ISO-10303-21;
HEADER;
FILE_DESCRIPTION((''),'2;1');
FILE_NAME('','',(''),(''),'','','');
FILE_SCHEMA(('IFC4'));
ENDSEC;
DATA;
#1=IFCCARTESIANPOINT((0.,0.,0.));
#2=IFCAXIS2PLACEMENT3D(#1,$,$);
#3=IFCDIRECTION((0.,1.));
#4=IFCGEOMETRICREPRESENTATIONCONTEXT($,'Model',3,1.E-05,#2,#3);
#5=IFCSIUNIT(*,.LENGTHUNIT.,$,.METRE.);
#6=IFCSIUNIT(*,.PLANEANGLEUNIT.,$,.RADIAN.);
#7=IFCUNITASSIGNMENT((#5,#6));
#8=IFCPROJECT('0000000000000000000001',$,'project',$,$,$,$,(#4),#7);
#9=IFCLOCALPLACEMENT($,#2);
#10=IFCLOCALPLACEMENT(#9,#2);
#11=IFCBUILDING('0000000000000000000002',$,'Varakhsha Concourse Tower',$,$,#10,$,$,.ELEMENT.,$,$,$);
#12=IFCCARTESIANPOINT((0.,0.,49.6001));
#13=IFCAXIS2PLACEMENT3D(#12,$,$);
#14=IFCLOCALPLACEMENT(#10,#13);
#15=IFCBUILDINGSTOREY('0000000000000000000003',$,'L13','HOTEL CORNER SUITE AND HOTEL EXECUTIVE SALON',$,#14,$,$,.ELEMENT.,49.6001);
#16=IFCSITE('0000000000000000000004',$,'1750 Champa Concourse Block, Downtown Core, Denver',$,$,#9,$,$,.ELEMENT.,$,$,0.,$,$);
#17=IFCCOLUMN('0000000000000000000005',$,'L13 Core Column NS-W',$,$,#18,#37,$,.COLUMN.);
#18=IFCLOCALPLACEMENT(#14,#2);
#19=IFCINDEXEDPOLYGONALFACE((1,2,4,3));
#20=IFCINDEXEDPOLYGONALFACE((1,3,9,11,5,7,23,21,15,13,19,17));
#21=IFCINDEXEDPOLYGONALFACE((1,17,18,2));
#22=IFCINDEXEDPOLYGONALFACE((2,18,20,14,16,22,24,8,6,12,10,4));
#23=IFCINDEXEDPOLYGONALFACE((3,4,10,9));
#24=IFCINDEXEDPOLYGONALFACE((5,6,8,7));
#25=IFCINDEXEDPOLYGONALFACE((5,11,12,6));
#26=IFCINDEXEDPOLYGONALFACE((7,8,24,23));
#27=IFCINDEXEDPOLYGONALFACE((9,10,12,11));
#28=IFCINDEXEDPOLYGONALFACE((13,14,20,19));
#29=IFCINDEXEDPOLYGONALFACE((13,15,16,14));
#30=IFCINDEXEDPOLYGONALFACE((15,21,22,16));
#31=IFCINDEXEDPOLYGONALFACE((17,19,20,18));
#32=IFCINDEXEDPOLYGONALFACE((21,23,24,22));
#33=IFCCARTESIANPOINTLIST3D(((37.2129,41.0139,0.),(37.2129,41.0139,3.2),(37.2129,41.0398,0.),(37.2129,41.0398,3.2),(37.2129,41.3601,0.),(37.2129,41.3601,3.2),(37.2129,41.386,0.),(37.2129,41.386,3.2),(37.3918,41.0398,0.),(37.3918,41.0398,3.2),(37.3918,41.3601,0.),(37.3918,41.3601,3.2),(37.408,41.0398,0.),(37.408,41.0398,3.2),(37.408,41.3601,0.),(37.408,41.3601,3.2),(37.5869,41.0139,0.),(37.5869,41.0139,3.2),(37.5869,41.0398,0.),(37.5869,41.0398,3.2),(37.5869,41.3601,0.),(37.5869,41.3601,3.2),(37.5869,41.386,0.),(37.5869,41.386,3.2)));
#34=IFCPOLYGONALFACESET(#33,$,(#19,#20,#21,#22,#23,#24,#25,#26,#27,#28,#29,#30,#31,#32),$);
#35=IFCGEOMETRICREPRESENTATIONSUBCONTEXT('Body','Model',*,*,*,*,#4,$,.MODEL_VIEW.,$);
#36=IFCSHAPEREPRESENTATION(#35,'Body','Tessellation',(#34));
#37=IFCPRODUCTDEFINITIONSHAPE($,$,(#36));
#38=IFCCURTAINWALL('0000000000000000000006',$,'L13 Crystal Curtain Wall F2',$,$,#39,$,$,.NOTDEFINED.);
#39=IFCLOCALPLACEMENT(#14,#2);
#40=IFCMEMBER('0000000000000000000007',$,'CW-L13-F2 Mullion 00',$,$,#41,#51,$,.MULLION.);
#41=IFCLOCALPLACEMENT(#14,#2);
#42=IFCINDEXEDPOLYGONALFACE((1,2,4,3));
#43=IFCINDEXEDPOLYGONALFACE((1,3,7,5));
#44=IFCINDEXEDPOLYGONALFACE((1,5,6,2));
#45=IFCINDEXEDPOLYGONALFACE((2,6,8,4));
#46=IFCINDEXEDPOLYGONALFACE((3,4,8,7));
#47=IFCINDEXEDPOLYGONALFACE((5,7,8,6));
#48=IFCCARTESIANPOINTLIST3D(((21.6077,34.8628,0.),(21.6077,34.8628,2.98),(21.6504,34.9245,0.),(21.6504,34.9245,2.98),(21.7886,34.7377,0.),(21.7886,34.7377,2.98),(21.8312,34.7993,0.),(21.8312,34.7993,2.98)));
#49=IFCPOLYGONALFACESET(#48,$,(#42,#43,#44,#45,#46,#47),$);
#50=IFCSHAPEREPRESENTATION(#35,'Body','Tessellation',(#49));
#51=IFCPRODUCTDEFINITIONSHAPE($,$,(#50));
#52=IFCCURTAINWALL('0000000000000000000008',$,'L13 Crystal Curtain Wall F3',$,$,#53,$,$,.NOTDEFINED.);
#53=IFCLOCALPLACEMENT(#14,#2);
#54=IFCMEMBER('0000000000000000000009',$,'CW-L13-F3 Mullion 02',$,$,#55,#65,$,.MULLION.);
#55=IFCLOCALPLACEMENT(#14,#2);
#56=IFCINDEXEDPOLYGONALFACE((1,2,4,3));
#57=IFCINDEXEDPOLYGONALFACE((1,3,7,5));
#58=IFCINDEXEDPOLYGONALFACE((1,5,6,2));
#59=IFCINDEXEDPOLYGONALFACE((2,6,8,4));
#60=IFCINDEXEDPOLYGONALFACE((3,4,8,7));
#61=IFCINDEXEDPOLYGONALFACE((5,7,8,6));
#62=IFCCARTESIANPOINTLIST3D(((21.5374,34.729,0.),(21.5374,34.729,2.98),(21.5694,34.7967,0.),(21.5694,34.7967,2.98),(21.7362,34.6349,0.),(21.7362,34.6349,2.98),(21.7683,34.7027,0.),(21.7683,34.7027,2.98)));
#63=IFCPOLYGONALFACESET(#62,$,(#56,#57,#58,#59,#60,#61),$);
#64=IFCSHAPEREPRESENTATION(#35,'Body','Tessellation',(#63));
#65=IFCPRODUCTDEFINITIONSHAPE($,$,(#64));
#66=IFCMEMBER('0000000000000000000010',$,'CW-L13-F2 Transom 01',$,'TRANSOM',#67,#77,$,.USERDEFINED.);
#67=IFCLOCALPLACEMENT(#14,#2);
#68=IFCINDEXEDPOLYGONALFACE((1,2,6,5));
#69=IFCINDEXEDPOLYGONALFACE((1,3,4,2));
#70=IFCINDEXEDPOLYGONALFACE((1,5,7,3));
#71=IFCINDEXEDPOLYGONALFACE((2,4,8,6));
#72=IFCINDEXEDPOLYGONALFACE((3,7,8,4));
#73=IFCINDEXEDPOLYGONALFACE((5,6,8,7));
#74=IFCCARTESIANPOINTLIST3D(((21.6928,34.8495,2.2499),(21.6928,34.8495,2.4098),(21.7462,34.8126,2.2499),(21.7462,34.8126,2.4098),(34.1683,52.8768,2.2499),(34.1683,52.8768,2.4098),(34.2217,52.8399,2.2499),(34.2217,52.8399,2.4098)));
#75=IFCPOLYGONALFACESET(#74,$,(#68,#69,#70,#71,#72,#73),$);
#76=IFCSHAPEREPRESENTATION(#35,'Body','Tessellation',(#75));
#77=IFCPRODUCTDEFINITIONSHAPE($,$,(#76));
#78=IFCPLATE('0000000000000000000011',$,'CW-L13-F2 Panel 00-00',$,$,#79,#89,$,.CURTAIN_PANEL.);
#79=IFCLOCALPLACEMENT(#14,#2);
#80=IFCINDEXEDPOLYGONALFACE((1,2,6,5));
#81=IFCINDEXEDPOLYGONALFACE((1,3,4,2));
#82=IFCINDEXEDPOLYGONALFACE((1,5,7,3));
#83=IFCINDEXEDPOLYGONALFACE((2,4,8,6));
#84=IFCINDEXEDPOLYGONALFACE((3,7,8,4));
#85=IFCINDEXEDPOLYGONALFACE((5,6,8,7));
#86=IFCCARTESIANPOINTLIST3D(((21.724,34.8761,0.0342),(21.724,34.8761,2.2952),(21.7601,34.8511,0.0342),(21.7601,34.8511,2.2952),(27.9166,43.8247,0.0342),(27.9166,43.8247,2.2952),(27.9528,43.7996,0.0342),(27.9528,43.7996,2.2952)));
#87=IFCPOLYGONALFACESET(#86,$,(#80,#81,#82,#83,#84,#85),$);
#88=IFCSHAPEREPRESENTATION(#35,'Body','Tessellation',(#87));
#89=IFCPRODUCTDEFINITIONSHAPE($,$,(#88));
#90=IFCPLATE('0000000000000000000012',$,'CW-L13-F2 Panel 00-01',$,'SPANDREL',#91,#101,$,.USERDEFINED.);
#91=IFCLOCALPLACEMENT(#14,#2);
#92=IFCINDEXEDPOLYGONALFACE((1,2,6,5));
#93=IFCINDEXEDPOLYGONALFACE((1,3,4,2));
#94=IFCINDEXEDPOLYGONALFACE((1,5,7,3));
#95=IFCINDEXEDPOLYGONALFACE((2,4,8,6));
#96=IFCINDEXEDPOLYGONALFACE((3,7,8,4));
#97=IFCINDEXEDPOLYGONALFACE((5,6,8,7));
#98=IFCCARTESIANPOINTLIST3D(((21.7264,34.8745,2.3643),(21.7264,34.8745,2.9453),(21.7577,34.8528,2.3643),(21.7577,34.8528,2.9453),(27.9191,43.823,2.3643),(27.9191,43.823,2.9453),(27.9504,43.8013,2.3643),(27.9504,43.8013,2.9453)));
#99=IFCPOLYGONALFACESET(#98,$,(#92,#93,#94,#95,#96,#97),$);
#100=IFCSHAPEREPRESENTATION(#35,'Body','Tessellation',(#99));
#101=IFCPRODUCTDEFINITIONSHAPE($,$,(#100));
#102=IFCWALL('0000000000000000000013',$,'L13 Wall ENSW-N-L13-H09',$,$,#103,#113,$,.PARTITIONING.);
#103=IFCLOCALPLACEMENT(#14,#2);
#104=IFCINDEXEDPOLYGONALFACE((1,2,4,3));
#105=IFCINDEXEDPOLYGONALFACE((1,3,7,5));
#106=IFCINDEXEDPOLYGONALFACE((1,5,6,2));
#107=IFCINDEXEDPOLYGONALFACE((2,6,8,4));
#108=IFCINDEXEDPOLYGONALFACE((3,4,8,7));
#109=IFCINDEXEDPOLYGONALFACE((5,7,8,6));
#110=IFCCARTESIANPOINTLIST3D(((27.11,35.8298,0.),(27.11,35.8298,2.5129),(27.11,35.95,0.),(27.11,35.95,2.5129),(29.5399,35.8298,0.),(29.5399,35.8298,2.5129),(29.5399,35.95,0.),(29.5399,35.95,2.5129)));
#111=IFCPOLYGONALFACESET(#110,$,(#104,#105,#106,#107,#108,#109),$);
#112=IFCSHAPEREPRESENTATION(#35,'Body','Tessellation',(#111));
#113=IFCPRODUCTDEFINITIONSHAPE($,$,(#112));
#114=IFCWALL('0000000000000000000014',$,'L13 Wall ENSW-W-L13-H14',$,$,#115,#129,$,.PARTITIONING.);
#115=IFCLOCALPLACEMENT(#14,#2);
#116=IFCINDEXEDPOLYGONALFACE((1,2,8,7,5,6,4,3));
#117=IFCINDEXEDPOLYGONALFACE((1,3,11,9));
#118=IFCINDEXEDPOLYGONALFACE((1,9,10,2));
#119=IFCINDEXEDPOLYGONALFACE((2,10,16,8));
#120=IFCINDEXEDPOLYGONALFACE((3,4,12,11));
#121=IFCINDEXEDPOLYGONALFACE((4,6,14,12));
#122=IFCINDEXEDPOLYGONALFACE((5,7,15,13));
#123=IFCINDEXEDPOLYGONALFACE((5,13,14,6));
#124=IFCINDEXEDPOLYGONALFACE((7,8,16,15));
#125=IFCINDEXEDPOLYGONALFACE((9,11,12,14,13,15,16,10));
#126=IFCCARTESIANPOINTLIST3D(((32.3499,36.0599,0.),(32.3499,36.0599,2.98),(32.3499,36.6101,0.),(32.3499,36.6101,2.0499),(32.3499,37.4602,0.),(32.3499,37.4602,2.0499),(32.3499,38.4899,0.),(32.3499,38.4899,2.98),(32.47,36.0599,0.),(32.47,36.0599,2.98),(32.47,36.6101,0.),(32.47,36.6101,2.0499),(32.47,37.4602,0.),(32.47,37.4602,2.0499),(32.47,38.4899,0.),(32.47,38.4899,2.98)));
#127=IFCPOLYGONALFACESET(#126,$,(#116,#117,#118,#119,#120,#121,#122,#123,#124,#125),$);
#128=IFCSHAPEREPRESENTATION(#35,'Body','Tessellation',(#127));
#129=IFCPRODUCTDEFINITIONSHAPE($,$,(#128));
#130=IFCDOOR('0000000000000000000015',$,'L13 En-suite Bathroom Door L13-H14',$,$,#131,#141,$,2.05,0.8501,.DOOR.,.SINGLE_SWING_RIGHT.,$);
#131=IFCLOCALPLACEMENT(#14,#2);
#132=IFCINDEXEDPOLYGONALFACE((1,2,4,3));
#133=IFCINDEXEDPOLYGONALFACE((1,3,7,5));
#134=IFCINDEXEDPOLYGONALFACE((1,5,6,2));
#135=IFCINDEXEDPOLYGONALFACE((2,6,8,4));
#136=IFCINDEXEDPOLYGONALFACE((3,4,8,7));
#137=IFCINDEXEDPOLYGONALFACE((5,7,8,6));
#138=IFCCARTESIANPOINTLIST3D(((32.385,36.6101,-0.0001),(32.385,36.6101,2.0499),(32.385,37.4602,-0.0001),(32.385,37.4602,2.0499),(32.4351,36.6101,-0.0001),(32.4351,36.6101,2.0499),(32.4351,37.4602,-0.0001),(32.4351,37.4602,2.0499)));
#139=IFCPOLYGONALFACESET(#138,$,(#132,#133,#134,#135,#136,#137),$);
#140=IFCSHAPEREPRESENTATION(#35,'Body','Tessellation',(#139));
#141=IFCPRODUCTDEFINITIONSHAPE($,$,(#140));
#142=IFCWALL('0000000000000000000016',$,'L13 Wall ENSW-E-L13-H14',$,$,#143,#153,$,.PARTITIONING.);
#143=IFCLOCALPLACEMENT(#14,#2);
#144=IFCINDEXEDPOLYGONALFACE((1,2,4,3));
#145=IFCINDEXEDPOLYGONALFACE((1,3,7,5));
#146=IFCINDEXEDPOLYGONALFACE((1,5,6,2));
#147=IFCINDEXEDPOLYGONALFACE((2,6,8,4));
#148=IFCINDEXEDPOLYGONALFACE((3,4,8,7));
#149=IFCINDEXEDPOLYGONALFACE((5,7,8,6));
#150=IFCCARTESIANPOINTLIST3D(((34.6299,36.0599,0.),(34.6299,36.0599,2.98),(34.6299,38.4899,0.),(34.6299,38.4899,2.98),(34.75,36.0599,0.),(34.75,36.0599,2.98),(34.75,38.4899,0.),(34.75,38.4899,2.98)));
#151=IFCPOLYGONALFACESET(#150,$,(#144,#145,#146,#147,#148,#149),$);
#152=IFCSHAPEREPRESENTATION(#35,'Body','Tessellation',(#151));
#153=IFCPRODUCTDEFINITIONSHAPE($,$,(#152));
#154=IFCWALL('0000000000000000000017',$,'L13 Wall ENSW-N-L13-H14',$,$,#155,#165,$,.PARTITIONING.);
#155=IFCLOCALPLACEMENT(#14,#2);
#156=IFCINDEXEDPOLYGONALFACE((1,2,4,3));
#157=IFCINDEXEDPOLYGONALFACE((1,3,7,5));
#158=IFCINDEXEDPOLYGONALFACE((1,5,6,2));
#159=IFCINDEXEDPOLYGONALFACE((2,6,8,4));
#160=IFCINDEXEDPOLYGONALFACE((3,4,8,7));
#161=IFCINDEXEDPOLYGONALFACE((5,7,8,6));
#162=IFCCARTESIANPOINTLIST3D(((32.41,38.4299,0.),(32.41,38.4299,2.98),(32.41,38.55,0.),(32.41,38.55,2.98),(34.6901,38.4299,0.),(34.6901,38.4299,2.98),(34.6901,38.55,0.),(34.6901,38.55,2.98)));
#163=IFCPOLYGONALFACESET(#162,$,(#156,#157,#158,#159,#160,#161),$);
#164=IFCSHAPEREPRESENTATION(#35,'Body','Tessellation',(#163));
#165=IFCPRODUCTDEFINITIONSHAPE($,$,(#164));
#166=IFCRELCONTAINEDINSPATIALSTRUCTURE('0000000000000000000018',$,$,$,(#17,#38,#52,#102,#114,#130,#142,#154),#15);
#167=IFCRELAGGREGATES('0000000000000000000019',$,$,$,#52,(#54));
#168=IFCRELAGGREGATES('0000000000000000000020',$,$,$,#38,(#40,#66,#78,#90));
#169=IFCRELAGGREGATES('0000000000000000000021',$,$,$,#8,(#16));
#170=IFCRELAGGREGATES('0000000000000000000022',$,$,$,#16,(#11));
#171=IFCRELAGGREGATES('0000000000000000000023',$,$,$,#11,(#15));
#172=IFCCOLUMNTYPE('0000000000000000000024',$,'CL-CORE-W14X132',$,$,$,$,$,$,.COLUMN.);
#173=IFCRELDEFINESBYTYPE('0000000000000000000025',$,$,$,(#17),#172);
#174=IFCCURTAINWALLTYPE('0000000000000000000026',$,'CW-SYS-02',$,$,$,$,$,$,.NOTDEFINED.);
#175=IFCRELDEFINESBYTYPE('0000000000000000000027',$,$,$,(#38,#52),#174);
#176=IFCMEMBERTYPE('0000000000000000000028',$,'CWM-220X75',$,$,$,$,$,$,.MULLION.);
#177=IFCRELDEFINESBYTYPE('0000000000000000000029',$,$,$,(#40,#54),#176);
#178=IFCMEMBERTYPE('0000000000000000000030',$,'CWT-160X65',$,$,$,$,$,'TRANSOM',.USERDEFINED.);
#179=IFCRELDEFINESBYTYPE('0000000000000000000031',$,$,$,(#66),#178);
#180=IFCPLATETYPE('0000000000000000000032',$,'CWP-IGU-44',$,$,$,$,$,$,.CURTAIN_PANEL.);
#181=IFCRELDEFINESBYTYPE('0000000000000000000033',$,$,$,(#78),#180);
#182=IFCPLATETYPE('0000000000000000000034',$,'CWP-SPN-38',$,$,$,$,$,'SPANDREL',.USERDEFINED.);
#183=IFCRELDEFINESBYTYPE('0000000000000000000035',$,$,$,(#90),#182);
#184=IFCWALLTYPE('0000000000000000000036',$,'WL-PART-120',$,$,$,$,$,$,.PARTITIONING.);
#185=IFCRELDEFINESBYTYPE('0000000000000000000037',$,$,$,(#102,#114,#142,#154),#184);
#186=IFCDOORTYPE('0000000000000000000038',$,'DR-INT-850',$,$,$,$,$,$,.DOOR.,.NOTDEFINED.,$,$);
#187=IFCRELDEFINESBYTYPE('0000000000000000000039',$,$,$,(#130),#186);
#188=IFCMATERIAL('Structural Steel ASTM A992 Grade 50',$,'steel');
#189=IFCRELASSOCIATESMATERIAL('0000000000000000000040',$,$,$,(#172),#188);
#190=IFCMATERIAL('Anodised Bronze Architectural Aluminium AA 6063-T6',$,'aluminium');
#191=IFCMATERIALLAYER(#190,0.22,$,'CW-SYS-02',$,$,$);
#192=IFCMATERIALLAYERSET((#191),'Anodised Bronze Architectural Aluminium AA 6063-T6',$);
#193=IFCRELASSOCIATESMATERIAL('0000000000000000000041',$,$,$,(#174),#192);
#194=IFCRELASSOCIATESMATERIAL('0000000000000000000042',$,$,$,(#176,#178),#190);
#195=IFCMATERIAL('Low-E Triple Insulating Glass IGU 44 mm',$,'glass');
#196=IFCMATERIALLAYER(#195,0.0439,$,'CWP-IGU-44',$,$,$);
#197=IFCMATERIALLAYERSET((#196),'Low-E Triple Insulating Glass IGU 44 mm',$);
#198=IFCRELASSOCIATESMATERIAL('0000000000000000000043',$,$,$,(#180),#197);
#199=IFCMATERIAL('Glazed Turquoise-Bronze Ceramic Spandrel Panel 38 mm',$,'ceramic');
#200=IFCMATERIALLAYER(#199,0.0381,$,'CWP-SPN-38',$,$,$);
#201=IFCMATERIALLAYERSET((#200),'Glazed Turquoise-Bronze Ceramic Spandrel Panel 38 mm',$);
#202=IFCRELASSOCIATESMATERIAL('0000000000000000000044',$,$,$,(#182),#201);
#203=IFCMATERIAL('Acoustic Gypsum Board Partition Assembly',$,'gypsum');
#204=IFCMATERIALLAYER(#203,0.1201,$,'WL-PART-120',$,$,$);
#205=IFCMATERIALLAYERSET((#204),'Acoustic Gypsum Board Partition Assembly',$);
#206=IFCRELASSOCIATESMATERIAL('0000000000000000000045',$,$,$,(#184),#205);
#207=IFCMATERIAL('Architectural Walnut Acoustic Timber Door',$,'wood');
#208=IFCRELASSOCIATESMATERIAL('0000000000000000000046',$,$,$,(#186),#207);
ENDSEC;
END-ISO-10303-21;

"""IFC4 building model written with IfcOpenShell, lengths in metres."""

from ifc_helpers import new_model, si_unit, direction, frame, frame_2d, origin, origin_2d, place, context, subcontext, project, spatial, rectangle, i_section, extrude, source, transform, mapped, material, layer, layer_set, material_profile, profile_set, type_object, type_shapes, element, fill, aggregate, save


model = new_model("IFC4")

# Units and contexts
model_context = context("Model", 3, precision=1e-05, world=origin(), true_north=direction((0.0, 1.0)))
body_context = subcontext(model_context, "Body", "Model", "MODEL_VIEW")
ifc_project = project(units=[si_unit("LENGTHUNIT", "METRE"), si_unit("PLANEANGLEUNIT", "RADIAN")], contexts=[model_context])

# Site, building, storey
site_placement = place(None, origin())
site = spatial("IfcSite", under=ifc_project, at=site_placement, Name="1750 Champa Concourse Block, Downtown Core, Denver", CompositionType="ELEMENT", RefElevation=0.0)
building_placement = place(site_placement, origin())
building = spatial("IfcBuilding", under=site, at=building_placement, Name="Varakhsha Concourse Tower", CompositionType="ELEMENT")
storey_placement = place(building_placement, frame((0.0, 0.0, 49.6001)))
storey = spatial("IfcBuildingStorey", under=building, at=storey_placement, Name="L13", Description="HOTEL CORNER SUITE AND HOTEL EXECUTIVE SALON", CompositionType="ELEMENT", Elevation=49.6001)

# Column
ifc_material_1 = material(Name="Structural Steel ASTM A992 Grade 50", Category="steel")
ifc_material_profile_1 = material_profile(ifc_material_1, i_section(OverallWidth=0.374, OverallDepth=0.3721, WebThickness=0.0161, FlangeThickness=0.0259, at=origin_2d()), Name="W14X132")
ifc_profile_set_1 = profile_set([ifc_material_profile_1], Name="Structural Steel ASTM A992 Grade 50")
column_type = type_object("IfcColumnType", Name="CL-CORE-W14X132", PredefinedType="COLUMN", material=ifc_profile_set_1)
column_placement = place(storey_placement, frame((37.3999, 41.2, 0.0), z_axis=(0.0, 0.0, 1.0), x_axis=(1.0, 0.0, 0.0)))
element("IfcColumn", 1, at=column_placement, inside=storey, type_object=column_type, Name="L13 Core Column NS-W", PredefinedType="COLUMN", context=body_context, shape_type="SweptSolid", body=[
    extrude(i_section(OverallWidth=0.374, OverallDepth=0.3721, WebThickness=0.0161, FlangeThickness=0.0259, at=origin_2d()), origin(), (0.0, 0.0, 1.0), 3.2),
])

# Curtain walls, members
ifc_material_2 = material(Name="Anodised Bronze Architectural Aluminium AA 6063-T6", Category="aluminium")
ifc_layer_1 = layer(ifc_material_2, 0.22, Name="CW-SYS-02")
ifc_layer_set_1 = layer_set([ifc_layer_1], Name="Anodised Bronze Architectural Aluminium AA 6063-T6")
curtain_wall_type = type_object("IfcCurtainWallType", Name="CW-SYS-02", PredefinedType="NOTDEFINED", material=ifc_layer_set_1)
curtain_wall_1_placement = place(storey_placement, origin())
curtain_wall_1 = element("IfcCurtainWall", 2, at=curtain_wall_1_placement, inside=storey, type_object=curtain_wall_type, Name="L13 Crystal Curtain Wall F2", PredefinedType="NOTDEFINED")
ifc_material_profile_2 = material_profile(ifc_material_2, rectangle(XDim=0.075, YDim=0.22, at=origin_2d()), Name="CWM-220X75")
ifc_profile_set_2 = profile_set([ifc_material_profile_2], Name="Anodised Bronze Architectural Aluminium AA 6063-T6")
member_type_1 = type_object("IfcMemberType", Name="CWM-220X75", PredefinedType="MULLION", material=ifc_profile_set_2)
shared_shape_1 = source(origin(), body_context, "Body", "SweptSolid", [
    extrude(rectangle(XDim=0.075, YDim=0.22, at=origin_2d()), origin(), (0.0, 0.0, 1.0), 2.98),
])
type_shapes(member_type_1, [shared_shape_1])
member_1_placement = place(storey_placement, frame((21.7195, 34.8311, 0.0), z_axis=(0.0, 0.0, 1.0), x_axis=(0.569057, 0.822298, 0.0)))
member_1 = element("IfcMember", 3, at=member_1_placement, type_object=member_type_1, Name="CW-L13-F2 Mullion 00", PredefinedType="MULLION", context=body_context, shape_type="MappedRepresentation", body=[
    mapped(shared_shape_1, transform((0.0, 0.0, 0.0), scale=1.0)),
])
curtain_wall_2_placement = place(storey_placement, origin())
curtain_wall_2 = element("IfcCurtainWall", 4, at=curtain_wall_2_placement, inside=storey, type_object=curtain_wall_type, Name="L13 Crystal Curtain Wall F3", PredefinedType="NOTDEFINED")
member_2_placement = place(storey_placement, frame((21.6528, 34.7158, 0.0), z_axis=(0.0, 0.0, 1.0), x_axis=(0.427604, 0.903966, 0.0)))
member_2 = element("IfcMember", 5, at=member_2_placement, type_object=member_type_1, Name="CW-L13-F3 Mullion 02", PredefinedType="MULLION", context=body_context, shape_type="MappedRepresentation", body=[
    mapped(shared_shape_1, transform((0.0, 0.0, 0.0), scale=1.0)),
])
aggregate(curtain_wall_2, [member_2])

# Member
ifc_material_profile_3 = material_profile(ifc_material_2, rectangle(XDim=0.0649, YDim=0.1599, at=origin_2d()), Name="CWT-160X65")
ifc_profile_set_3 = profile_set([ifc_material_profile_3], Name="Anodised Bronze Architectural Aluminium AA 6063-T6")
member_type_2 = type_object("IfcMemberType", Name="CWT-160X65", ElementType="TRANSOM", PredefinedType="USERDEFINED", material=ifc_profile_set_3)
shared_shape_2 = source(origin(), body_context, "Body", "SweptSolid", [
    extrude(rectangle(XDim=0.0649, YDim=0.1599, at=origin_2d()), origin(), (0.0, 0.0, 1.0), 21.9231),
])
type_shapes(member_type_2, [shared_shape_2])
member_3_placement = place(storey_placement, frame((21.7195, 34.8311, 2.3298), z_axis=(0.569059, 0.822296, 0.0), x_axis=(-0.822296, 0.569059, 0.0)))
member_3 = element("IfcMember", 6, at=member_3_placement, type_object=member_type_2, Name="CW-L13-F2 Transom 01", ObjectType="TRANSOM", PredefinedType="USERDEFINED", context=body_context, shape_type="MappedRepresentation", body=[
    mapped(shared_shape_2, transform((0.0, 0.0, 0.0), scale=1.0)),
])

# Plates
ifc_material_3 = material(Name="Low-E Triple Insulating Glass IGU 44 mm", Category="glass")
ifc_layer_2 = layer(ifc_material_3, 0.0439, Name="CWP-IGU-44")
ifc_layer_set_2 = layer_set([ifc_layer_2], Name="Low-E Triple Insulating Glass IGU 44 mm")
plate_type_1 = type_object("IfcPlateType", Name="CWP-IGU-44", PredefinedType="CURTAIN_PANEL", material=ifc_layer_set_2)
shared_shape_3 = source(origin(), body_context, "Body", "SweptSolid", [
    extrude(rectangle(XDim=10.8823, YDim=0.0439, at=origin_2d()), origin(), (0.0, 0.0, 1.0), 2.261),
])
type_shapes(plate_type_1, [shared_shape_3])
plate_1_placement = place(storey_placement, frame((24.8384, 39.3379, 0.0342), z_axis=(0.0, 0.0, 1.0), x_axis=(0.569057, 0.822298, 0.0)))
plate_1 = element("IfcPlate", 7, at=plate_1_placement, type_object=plate_type_1, Name="CW-L13-F2 Panel 00-00", PredefinedType="CURTAIN_PANEL", context=body_context, shape_type="MappedRepresentation", body=[
    mapped(shared_shape_3, transform((0.0, 0.0, 0.0), scale=1.0)),
])
ifc_material_4 = material(Name="Glazed Turquoise-Bronze Ceramic Spandrel Panel 38 mm", Category="ceramic")
ifc_layer_3 = layer(ifc_material_4, 0.0381, Name="CWP-SPN-38")
ifc_layer_set_3 = layer_set([ifc_layer_3], Name="Glazed Turquoise-Bronze Ceramic Spandrel Panel 38 mm")
plate_type_2 = type_object("IfcPlateType", Name="CWP-SPN-38", ElementType="SPANDREL", PredefinedType="USERDEFINED", material=ifc_layer_set_3)
shared_shape_4 = source(origin(), body_context, "Body", "SweptSolid", [
    extrude(rectangle(XDim=10.8823, YDim=0.0381, at=origin_2d()), origin(), (0.0, 0.0, 1.0), 0.5811),
])
type_shapes(plate_type_2, [shared_shape_4])
plate_2_placement = place(storey_placement, frame((24.8384, 39.3379, 2.3643), z_axis=(0.0, 0.0, 1.0), x_axis=(0.569057, 0.822298, 0.0)))
plate_2 = element("IfcPlate", 8, at=plate_2_placement, type_object=plate_type_2, Name="CW-L13-F2 Panel 00-01", ObjectType="SPANDREL", PredefinedType="USERDEFINED", context=body_context, shape_type="MappedRepresentation", body=[
    mapped(shared_shape_4, transform((0.0, 0.0, 0.0), scale=1.0)),
])
aggregate(curtain_wall_1, [member_1, member_3, plate_1, plate_2])

# Wall
ifc_material_5 = material(Name="Acoustic Gypsum Board Partition Assembly", Category="gypsum")
ifc_layer_4 = layer(ifc_material_5, 0.1201, Name="WL-PART-120")
ifc_layer_set_4 = layer_set([ifc_layer_4], Name="Acoustic Gypsum Board Partition Assembly")
wall_type_1 = type_object("IfcWallType", Name="WL-PART-120", PredefinedType="PARTITIONING", material=ifc_layer_set_4)
wall_1_placement = place(storey_placement, frame((27.1101, 35.8899, 0.0), z_axis=(0.0, 0.0, 1.0), x_axis=(1.0, 0.0, 0.0)))
element("IfcWall", 9, at=wall_1_placement, inside=storey, type_object=wall_type_1, Name="L13 Wall ENSW-N-L13-H09", PredefinedType="PARTITIONING", context=body_context, shape_type="SweptSolid", body=[
    extrude(rectangle(XDim=2.4299, YDim=0.1201, at=frame_2d((1.2148, 0.0))), origin(), (0.0, 0.0, 1.0), 2.5129),
])

# Wall, opening, door
wall_2_placement = place(storey_placement, frame((32.4099, 36.0601, 0.0), z_axis=(0.0, 0.0, 1.0), x_axis=(0.0, 1.0, 0.0)))
wall_2 = element("IfcWall", 10, at=wall_2_placement, inside=storey, type_object=wall_type_1, Name="L13 Wall ENSW-W-L13-H14", PredefinedType="PARTITIONING", context=body_context, shape_type="SweptSolid", body=[
    extrude(rectangle(XDim=2.4299, YDim=0.1201, at=frame_2d((1.2148, 0.0))), origin(), (0.0, 0.0, 1.0), 2.98),
])
opening_1_placement = place(wall_2_placement, frame((0.55, 0.0, 0.0)))
opening_1 = element("IfcOpeningElement", 11, at=opening_1_placement, cuts=wall_2, PredefinedType="OPENING", context=body_context, shape_type="SweptSolid", body=[
    extrude(rectangle(XDim=0.8501, YDim=2.05, at=frame_2d((0.425, 1.0249))), frame((0.0, 0.0701, 0.0), z_axis=(0.0, -1.0, 0.0), x_axis=(1.0, 0.0, 0.0)), (0.0, 0.0, 1.0), 0.1401),
])
ifc_material_6 = material(Name="Architectural Walnut Acoustic Timber Door", Category="wood")
door_type_1 = type_object("IfcDoorType", Name="DR-INT-850", OperationType="NOTDEFINED", PredefinedType="DOOR", material=ifc_material_6)
door_1_placement = place(opening_1_placement, origin())
door_1 = element("IfcDoor", 12, at=door_1_placement, inside=storey, type_object=door_type_1, Name="L13 En-suite Bathroom Door L13-H14", OperationType="SINGLE_SWING_RIGHT", OverallHeight=2.05, OverallWidth=0.8501, PredefinedType="DOOR", context=body_context, shape_type="SweptSolid", body=[
    extrude(rectangle(XDim=0.8501, YDim=2.05, at=frame_2d((0.425, 1.0249))), frame((0.0, 0.0249, 0.0), z_axis=(0.0, -1.0, 0.0), x_axis=(1.0, 0.0, 0.0)), (0.0, 0.0, 1.0), 0.05),
])
fill(opening_1, door_1)

# Walls
wall_3_placement = place(storey_placement, frame((34.6899, 36.0601, 0.0), z_axis=(0.0, 0.0, 1.0), x_axis=(0.0, 1.0, 0.0)))
element("IfcWall", 13, at=wall_3_placement, inside=storey, type_object=wall_type_1, Name="L13 Wall ENSW-E-L13-H14", PredefinedType="PARTITIONING", context=body_context, shape_type="SweptSolid", body=[
    extrude(rectangle(XDim=2.4299, YDim=0.1201, at=frame_2d((1.2148, 0.0))), origin(), (0.0, 0.0, 1.0), 2.98),
])
wall_4_placement = place(storey_placement, frame((32.4099, 38.49, 0.0), z_axis=(0.0, 0.0, 1.0), x_axis=(1.0, 0.0, 0.0)))
element("IfcWall", 14, at=wall_4_placement, inside=storey, type_object=wall_type_1, Name="L13 Wall ENSW-N-L13-H14", PredefinedType="PARTITIONING", context=body_context, shape_type="SweptSolid", body=[
    extrude(rectangle(XDim=2.28, YDim=0.1201, at=frame_2d((1.1401, 0.0))), origin(), (0.0, 0.0, 1.0), 2.98),
])

save(model, "model.ifc")
